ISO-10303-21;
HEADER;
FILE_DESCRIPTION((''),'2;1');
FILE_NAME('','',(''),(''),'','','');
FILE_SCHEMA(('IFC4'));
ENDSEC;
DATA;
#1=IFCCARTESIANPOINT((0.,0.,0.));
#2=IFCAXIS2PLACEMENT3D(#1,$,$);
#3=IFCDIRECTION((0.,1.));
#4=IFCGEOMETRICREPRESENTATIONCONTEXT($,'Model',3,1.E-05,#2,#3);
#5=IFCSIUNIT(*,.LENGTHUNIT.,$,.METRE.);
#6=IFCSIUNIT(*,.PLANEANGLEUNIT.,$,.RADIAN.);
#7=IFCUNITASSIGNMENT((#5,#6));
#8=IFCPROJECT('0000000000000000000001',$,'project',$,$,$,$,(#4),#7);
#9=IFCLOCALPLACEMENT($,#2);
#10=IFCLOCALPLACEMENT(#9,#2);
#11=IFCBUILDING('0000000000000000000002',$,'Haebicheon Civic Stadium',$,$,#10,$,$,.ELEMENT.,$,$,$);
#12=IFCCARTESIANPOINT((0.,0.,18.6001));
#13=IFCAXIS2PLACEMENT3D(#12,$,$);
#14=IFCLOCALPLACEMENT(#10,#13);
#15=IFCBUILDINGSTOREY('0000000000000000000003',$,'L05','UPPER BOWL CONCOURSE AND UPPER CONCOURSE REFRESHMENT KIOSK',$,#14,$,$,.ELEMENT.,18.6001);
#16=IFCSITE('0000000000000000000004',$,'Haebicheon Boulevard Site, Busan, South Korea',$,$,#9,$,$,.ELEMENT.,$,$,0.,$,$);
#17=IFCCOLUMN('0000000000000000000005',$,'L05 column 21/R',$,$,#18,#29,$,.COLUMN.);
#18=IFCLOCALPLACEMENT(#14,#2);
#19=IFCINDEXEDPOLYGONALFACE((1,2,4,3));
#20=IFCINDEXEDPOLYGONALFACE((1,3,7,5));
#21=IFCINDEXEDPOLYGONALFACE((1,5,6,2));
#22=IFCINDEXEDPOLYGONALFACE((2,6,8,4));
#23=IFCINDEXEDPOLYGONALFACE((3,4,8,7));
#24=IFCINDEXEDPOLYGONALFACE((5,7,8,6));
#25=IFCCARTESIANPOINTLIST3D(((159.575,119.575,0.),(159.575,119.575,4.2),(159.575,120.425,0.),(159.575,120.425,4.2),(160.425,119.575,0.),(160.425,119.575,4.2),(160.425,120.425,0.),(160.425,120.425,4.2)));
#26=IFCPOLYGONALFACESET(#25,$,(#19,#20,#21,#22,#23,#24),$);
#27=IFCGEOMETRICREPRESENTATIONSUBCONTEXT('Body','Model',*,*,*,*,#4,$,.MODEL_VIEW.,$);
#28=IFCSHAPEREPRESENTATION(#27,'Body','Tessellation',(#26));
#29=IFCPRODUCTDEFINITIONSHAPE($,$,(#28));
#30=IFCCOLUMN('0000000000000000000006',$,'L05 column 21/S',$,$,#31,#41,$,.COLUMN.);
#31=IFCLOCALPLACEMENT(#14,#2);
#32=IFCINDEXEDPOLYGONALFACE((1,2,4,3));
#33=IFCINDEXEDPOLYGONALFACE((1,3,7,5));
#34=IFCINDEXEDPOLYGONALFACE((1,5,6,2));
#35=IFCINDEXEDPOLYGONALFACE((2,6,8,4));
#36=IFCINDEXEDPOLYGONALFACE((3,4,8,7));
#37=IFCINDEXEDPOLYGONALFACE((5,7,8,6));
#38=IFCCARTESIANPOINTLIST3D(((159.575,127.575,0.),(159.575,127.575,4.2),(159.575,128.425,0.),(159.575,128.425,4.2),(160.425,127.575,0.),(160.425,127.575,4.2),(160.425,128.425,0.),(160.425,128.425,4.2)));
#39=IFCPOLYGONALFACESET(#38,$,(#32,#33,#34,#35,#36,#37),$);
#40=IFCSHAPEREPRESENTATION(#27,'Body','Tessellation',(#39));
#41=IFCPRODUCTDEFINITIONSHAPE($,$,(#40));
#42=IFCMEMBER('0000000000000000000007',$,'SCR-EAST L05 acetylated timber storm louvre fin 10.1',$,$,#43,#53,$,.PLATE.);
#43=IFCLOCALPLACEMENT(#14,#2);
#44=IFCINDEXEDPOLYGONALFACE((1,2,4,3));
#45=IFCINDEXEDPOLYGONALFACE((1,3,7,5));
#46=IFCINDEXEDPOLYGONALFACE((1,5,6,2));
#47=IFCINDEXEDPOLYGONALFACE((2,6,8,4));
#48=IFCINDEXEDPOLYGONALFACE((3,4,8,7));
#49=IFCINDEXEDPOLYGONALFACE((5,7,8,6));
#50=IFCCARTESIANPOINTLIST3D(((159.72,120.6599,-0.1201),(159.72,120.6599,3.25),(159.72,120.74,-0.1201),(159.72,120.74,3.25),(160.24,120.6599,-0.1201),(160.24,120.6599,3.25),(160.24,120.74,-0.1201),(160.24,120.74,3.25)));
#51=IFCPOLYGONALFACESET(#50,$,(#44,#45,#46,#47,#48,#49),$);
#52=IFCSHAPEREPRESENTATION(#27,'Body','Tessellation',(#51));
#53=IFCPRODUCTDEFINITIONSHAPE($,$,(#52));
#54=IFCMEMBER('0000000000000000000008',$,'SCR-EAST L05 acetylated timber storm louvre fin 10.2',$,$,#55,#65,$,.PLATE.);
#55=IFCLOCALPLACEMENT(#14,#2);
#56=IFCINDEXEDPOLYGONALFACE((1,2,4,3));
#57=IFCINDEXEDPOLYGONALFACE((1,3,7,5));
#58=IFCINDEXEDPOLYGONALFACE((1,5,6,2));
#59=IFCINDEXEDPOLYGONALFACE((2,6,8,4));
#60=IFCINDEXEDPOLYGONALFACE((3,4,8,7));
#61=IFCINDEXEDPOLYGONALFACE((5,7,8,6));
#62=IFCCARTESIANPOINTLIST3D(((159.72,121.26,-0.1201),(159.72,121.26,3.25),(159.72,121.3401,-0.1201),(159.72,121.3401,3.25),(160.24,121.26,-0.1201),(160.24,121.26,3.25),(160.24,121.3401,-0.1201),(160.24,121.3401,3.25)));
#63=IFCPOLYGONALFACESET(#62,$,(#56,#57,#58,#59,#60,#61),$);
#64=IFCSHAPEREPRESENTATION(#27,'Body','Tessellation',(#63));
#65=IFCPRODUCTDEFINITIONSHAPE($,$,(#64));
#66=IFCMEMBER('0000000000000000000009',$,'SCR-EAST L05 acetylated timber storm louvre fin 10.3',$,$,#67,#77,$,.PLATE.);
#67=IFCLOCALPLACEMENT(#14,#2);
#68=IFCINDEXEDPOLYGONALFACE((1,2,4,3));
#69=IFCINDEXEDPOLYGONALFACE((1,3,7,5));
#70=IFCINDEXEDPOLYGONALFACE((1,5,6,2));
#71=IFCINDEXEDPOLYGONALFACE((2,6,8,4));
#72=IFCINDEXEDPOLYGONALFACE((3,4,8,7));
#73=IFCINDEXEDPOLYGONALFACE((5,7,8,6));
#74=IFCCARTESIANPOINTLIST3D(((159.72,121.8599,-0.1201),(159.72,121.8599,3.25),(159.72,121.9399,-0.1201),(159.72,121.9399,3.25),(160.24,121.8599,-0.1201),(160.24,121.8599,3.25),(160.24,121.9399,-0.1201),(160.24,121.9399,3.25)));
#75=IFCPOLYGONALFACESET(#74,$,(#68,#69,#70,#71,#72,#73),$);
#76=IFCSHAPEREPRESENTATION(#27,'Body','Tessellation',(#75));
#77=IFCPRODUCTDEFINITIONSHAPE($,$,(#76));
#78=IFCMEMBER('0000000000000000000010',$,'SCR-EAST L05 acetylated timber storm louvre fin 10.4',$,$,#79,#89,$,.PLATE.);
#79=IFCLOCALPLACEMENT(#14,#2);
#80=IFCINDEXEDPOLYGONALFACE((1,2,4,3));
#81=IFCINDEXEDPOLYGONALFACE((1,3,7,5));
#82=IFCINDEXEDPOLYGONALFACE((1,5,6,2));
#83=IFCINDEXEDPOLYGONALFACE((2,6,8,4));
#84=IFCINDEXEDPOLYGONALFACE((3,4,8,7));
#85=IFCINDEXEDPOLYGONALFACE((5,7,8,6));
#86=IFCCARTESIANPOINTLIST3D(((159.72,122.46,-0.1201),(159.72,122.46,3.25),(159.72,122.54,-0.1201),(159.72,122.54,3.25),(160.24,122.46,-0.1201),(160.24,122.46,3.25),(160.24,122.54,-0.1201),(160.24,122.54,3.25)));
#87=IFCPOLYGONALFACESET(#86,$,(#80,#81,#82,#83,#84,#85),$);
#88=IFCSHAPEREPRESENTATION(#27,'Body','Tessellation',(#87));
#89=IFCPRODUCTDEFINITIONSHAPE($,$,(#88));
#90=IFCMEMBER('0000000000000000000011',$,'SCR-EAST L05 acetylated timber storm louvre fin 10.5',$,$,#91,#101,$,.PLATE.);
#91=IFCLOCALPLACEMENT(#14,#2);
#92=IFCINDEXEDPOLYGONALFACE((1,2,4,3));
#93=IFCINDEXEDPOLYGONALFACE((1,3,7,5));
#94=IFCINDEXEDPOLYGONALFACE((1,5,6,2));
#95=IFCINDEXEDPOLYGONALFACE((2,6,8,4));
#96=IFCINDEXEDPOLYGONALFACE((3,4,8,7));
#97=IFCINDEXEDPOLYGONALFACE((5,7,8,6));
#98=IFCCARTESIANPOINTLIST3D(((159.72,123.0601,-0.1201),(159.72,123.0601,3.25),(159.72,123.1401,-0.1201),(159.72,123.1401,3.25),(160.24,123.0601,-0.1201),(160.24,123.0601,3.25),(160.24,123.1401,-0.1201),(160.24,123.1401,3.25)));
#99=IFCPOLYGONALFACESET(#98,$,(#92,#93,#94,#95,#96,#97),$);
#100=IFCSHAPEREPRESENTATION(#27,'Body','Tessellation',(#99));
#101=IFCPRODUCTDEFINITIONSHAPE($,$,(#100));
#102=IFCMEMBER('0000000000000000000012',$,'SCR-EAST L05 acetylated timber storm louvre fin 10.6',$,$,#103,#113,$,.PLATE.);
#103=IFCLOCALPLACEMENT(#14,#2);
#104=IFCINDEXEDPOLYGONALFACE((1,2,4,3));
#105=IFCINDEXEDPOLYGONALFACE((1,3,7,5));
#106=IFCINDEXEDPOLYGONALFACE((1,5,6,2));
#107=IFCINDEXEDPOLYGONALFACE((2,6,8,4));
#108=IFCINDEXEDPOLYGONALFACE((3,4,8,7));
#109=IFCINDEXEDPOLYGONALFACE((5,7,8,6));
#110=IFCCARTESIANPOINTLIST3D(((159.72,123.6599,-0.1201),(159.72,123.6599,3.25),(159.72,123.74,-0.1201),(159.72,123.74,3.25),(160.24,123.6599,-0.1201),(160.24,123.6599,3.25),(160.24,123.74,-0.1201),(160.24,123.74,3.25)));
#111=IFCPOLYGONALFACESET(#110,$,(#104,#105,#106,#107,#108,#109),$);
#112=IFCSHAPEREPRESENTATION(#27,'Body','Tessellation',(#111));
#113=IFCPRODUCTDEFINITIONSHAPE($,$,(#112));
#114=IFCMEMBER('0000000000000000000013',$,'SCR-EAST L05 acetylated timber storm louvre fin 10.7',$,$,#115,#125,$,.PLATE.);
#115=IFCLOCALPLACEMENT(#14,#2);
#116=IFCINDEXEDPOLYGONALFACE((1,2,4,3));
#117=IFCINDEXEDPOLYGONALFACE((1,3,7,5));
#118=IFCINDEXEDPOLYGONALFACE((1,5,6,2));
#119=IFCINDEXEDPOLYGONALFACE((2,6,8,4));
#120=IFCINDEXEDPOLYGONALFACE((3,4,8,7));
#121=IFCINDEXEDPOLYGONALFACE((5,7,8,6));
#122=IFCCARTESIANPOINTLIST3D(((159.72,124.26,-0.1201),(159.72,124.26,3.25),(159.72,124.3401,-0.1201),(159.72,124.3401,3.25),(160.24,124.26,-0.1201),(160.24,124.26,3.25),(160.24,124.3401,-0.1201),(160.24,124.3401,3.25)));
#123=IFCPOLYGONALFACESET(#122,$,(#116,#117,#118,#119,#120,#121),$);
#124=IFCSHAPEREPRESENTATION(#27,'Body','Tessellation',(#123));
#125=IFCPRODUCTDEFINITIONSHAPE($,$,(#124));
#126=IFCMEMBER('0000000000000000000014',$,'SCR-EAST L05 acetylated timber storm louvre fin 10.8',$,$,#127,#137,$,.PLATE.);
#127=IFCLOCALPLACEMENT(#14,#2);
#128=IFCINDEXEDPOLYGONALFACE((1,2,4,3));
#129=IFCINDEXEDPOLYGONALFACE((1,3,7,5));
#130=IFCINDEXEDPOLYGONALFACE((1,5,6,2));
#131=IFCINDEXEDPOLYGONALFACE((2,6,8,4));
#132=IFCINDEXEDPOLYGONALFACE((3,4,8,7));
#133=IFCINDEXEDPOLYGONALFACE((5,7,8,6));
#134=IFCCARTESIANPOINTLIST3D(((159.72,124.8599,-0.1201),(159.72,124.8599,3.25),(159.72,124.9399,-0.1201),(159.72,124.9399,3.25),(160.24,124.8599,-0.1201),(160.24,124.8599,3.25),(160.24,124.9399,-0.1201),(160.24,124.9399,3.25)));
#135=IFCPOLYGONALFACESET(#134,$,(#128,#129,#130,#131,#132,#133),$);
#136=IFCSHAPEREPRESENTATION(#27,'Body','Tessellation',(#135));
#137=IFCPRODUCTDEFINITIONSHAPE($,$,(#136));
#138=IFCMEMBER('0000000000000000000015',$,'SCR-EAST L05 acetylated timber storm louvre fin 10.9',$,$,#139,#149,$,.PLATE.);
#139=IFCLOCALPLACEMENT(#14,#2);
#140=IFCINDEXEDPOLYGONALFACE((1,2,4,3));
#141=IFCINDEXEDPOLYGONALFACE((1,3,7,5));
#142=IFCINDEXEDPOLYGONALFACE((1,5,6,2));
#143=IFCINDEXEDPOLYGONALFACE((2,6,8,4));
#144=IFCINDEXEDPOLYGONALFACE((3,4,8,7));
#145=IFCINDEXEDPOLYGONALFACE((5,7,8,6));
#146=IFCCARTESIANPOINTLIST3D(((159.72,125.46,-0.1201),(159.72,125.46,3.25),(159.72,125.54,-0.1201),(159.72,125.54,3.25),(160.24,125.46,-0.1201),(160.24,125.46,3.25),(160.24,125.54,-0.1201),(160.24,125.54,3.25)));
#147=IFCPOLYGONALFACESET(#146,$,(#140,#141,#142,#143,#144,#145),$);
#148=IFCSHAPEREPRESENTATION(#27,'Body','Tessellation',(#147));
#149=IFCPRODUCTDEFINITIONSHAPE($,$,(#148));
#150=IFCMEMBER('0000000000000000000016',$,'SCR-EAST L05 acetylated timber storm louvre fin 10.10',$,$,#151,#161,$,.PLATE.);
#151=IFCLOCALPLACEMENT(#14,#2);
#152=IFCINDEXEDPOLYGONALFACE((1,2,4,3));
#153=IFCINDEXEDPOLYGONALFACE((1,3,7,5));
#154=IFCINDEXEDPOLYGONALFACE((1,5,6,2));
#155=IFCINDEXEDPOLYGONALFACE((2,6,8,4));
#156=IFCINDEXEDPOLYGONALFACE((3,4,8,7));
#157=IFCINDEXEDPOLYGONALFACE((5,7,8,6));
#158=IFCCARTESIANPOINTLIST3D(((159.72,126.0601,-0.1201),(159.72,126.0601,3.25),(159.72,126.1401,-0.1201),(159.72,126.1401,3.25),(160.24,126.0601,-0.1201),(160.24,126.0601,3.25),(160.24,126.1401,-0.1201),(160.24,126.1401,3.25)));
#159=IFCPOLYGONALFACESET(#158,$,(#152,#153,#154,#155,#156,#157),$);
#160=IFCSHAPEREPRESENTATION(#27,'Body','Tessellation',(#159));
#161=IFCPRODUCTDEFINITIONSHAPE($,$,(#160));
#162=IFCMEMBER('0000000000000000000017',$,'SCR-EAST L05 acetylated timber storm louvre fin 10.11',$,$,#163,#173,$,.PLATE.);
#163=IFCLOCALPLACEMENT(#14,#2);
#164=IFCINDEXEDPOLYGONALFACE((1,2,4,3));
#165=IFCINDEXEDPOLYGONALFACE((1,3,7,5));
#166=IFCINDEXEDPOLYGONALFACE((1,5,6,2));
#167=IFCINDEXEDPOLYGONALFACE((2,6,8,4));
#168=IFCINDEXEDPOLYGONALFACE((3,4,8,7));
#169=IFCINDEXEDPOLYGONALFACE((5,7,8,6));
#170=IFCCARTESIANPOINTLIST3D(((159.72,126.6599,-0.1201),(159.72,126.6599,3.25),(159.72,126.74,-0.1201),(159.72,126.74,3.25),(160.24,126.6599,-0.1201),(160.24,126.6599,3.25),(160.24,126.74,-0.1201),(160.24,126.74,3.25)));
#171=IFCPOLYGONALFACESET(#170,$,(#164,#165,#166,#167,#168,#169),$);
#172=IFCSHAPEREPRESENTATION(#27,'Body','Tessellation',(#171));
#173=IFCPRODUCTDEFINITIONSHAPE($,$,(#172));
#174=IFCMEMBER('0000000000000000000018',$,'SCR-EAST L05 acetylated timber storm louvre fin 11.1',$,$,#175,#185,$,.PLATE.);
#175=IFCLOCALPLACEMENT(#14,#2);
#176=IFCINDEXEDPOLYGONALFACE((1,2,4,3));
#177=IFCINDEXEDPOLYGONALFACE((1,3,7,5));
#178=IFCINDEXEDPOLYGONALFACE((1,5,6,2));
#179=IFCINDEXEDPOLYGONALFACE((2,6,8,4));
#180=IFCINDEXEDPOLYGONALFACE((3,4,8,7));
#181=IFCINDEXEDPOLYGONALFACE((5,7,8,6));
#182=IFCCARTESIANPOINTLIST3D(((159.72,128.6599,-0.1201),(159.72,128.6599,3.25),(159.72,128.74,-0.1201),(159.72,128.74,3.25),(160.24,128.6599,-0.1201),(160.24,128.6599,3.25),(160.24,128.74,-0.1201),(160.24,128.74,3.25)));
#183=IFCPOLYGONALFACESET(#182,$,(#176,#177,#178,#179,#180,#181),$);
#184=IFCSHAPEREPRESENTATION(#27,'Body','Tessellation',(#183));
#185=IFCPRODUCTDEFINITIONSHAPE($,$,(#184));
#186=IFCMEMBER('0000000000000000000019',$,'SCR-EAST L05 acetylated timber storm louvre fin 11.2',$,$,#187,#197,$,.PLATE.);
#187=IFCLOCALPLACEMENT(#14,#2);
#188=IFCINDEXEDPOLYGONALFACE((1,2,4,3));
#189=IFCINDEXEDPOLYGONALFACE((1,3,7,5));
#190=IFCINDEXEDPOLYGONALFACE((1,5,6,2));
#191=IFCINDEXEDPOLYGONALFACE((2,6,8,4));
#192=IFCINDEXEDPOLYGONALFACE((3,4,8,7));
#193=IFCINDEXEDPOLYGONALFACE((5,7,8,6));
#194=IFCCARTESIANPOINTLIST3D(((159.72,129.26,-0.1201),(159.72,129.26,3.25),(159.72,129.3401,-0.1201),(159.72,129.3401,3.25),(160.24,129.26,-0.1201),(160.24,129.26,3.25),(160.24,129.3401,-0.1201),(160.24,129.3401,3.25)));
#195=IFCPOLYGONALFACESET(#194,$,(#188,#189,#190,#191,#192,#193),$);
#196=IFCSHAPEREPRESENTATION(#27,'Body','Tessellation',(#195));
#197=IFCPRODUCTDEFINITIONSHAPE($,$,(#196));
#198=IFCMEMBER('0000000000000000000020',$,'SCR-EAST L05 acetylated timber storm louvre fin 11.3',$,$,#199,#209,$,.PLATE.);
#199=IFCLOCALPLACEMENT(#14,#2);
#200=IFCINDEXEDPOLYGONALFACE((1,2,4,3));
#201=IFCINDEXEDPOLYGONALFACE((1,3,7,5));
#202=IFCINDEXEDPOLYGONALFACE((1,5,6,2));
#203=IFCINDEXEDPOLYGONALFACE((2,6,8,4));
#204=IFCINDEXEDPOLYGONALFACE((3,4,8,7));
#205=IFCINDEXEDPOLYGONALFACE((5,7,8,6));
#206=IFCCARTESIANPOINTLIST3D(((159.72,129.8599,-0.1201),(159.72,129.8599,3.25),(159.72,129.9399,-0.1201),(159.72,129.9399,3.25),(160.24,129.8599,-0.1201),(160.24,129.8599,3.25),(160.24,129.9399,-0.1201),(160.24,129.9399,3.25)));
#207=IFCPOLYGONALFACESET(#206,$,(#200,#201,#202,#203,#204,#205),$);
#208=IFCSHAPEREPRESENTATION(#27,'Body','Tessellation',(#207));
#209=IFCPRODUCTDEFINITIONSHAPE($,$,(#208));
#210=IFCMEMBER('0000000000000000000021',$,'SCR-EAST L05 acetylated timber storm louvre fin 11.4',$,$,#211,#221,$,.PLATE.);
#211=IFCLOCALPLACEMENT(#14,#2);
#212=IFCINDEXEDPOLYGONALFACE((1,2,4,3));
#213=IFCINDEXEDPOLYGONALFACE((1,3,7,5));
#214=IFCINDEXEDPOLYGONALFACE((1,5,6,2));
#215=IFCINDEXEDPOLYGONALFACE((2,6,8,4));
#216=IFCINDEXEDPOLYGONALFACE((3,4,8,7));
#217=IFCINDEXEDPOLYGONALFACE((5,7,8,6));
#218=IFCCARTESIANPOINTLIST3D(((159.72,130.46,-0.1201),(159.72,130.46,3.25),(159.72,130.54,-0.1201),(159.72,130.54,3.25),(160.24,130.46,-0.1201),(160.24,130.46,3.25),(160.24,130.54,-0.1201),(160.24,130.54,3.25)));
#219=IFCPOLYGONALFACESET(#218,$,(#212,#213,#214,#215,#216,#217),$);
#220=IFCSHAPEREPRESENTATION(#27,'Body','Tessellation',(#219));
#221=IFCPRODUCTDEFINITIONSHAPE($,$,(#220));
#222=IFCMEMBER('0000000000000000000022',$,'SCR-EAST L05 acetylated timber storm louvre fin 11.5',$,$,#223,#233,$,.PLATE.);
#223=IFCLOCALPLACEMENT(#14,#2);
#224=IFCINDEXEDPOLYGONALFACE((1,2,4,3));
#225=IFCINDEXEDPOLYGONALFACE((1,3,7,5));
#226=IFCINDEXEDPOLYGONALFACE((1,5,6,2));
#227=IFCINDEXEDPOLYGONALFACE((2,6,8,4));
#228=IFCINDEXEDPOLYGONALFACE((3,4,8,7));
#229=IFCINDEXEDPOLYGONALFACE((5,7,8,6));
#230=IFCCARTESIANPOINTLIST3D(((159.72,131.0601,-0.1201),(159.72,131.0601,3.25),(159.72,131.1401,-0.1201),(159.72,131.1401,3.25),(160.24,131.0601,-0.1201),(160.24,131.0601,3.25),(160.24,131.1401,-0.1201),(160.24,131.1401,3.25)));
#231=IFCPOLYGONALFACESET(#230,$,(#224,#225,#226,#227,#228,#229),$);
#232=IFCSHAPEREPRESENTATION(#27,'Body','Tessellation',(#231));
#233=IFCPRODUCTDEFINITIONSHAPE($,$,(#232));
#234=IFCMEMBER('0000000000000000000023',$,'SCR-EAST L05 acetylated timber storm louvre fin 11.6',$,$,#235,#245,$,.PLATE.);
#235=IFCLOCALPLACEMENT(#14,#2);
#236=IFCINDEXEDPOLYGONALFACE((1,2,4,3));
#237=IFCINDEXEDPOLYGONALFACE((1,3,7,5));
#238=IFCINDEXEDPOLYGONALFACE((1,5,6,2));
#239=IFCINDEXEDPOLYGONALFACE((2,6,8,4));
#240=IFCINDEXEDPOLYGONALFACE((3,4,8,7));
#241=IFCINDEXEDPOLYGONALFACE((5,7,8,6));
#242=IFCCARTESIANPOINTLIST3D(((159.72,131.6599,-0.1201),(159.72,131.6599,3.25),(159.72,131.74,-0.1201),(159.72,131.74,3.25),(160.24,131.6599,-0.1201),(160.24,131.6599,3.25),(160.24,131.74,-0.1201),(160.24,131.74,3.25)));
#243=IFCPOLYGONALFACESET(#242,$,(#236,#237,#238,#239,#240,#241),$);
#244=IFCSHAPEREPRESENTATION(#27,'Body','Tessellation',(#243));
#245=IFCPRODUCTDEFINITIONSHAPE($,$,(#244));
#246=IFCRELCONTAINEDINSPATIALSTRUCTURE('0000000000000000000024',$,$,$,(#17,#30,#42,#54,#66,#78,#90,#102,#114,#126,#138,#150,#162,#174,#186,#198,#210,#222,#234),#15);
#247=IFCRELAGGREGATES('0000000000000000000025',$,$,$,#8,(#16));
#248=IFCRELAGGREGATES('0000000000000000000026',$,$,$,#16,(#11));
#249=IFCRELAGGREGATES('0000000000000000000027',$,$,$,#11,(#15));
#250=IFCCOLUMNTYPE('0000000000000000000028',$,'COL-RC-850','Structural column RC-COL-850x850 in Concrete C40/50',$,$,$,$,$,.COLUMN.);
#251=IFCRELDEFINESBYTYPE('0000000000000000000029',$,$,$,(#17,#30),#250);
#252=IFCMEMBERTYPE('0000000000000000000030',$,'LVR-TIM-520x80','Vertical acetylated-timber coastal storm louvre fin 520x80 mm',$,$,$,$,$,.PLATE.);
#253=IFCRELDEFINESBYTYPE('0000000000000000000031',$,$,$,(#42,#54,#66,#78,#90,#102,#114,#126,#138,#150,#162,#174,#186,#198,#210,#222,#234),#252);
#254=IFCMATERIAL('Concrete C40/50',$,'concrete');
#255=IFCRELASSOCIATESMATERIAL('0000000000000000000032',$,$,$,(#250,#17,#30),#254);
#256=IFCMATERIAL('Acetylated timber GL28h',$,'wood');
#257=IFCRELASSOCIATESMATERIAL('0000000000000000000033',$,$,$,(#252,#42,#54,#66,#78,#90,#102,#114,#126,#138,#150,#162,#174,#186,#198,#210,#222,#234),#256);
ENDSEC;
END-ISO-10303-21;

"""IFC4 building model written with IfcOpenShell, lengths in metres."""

from ifc_helpers import new_model, si_unit, direction, frame, origin, origin_2d, place, context, subcontext, project, spatial, rectangle, extrude, material, material_profile, profile_set, type_object, element, save


model = new_model("IFC4")

# Units and contexts
model_context = context("Model", 3, precision=1e-05, world=origin(), true_north=direction((0.0, 1.0)))
body_context = subcontext(model_context, "Body", "Model", "MODEL_VIEW")
ifc_project = project(units=[si_unit("LENGTHUNIT", "METRE"), si_unit("PLANEANGLEUNIT", "RADIAN")], contexts=[model_context])

# Site, building, storey
site_placement = place(None, origin())
site = spatial("IfcSite", under=ifc_project, at=site_placement, Name="Haebicheon Boulevard Site, Busan, South Korea", CompositionType="ELEMENT", RefElevation=0.0)
building_placement = place(site_placement, origin())
building = spatial("IfcBuilding", under=site, at=building_placement, Name="Haebicheon Civic Stadium", CompositionType="ELEMENT")
storey_placement = place(building_placement, frame((0.0, 0.0, 18.6001)))
storey = spatial("IfcBuildingStorey", under=building, at=storey_placement, Name="L05", Description="UPPER BOWL CONCOURSE AND UPPER CONCOURSE REFRESHMENT KIOSK", CompositionType="ELEMENT", Elevation=18.6001)

# Columns
ifc_material_1 = material(Name="Concrete C40/50", Category="concrete")
ifc_material_profile_1 = material_profile(ifc_material_1, rectangle(XDim=0.8501, YDim=0.8501, at=origin_2d()), Name="RC-COL-850x850")
ifc_profile_set_1 = profile_set([ifc_material_profile_1], Name="Concrete C40/50")
column_type = type_object("IfcColumnType", Name="COL-RC-850", Description="Structural column RC-COL-850x850 in Concrete C40/50", PredefinedType="COLUMN", material=ifc_profile_set_1)
for number, where, z_axis, x_axis, name in (
    (1, (160.0, 120.0, 0.0), (0.0, 0.0, 1.0), (1.0, 0.0, 0.0), "L05 column 21/R"),
    (2, (160.0, 128.0, 0.0), (0.0, 0.0, 1.0), (1.0, 0.0, 0.0), "L05 column 21/S"),
):
    element("IfcColumn", number, at=place(storey_placement, frame(where, z_axis=z_axis, x_axis=x_axis)), inside=storey, type_object=column_type, material=ifc_profile_set_1, Name=name, PredefinedType="COLUMN", context=body_context, shape_type="SweptSolid", body=[
        extrude(rectangle(XDim=0.8501, YDim=0.8501, at=origin_2d()), origin(), (0.0, 0.0, 1.0), 4.2),
    ])

# Members
ifc_material_2 = material(Name="Acetylated timber GL28h", Category="wood")
ifc_material_profile_2 = material_profile(ifc_material_2, rectangle(XDim=0.0801, YDim=0.52, at=origin_2d()), Name="TMB-LOUV-80x520")
ifc_profile_set_2 = profile_set([ifc_material_profile_2], Name="Acetylated timber GL28h")
member_type = type_object("IfcMemberType", Name="LVR-TIM-520x80", Description="Vertical acetylated-timber coastal storm louvre fin 520x80 mm", PredefinedType="PLATE", material=ifc_profile_set_2)
for number, where, z_axis, x_axis, name in (
    (3, (159.98, 120.7, -0.1201), (0.0, 0.0, 1.0), (0.0, 1.0, 0.0), "SCR-EAST L05 acetylated timber storm louvre fin 10.1"),
    (4, (159.98, 121.3, -0.1201), (0.0, 0.0, 1.0), (0.0, 1.0, 0.0), "SCR-EAST L05 acetylated timber storm louvre fin 10.2"),
    (5, (159.98, 121.8999, -0.1201), (0.0, 0.0, 1.0), (0.0, 1.0, 0.0), "SCR-EAST L05 acetylated timber storm louvre fin 10.3"),
    (6, (159.98, 122.5, -0.1201), (0.0, 0.0, 1.0), (0.0, 1.0, 0.0), "SCR-EAST L05 acetylated timber storm louvre fin 10.4"),
    (7, (159.98, 123.1001, -0.1201), (0.0, 0.0, 1.0), (0.0, 1.0, 0.0), "SCR-EAST L05 acetylated timber storm louvre fin 10.5"),
    (8, (159.98, 123.7, -0.1201), (0.0, 0.0, 1.0), (0.0, 1.0, 0.0), "SCR-EAST L05 acetylated timber storm louvre fin 10.6"),
    (9, (159.98, 124.3, -0.1201), (0.0, 0.0, 1.0), (0.0, 1.0, 0.0), "SCR-EAST L05 acetylated timber storm louvre fin 10.7"),
    (10, (159.98, 124.8999, -0.1201), (0.0, 0.0, 1.0), (0.0, 1.0, 0.0), "SCR-EAST L05 acetylated timber storm louvre fin 10.8"),
    (11, (159.98, 125.5, -0.1201), (0.0, 0.0, 1.0), (0.0, 1.0, 0.0), "SCR-EAST L05 acetylated timber storm louvre fin 10.9"),
    (12, (159.98, 126.1001, -0.1201), (0.0, 0.0, 1.0), (0.0, 1.0, 0.0), "SCR-EAST L05 acetylated timber storm louvre fin 10.10"),
    (13, (159.98, 126.7, -0.1201), (0.0, 0.0, 1.0), (0.0, 1.0, 0.0), "SCR-EAST L05 acetylated timber storm louvre fin 10.11"),
    (14, (159.98, 128.7, -0.1201), (0.0, 0.0, 1.0), (0.0, 1.0, 0.0), "SCR-EAST L05 acetylated timber storm louvre fin 11.1"),
    (15, (159.98, 129.3, -0.1201), (0.0, 0.0, 1.0), (0.0, 1.0, 0.0), "SCR-EAST L05 acetylated timber storm louvre fin 11.2"),
    (16, (159.98, 129.8999, -0.1201), (0.0, 0.0, 1.0), (0.0, 1.0, 0.0), "SCR-EAST L05 acetylated timber storm louvre fin 11.3"),
    (17, (159.98, 130.5, -0.1201), (0.0, 0.0, 1.0), (0.0, 1.0, 0.0), "SCR-EAST L05 acetylated timber storm louvre fin 11.4"),
    (18, (159.98, 131.1001, -0.1201), (0.0, 0.0, 1.0), (0.0, 1.0, 0.0), "SCR-EAST L05 acetylated timber storm louvre fin 11.5"),
    (19, (159.98, 131.7, -0.1201), (0.0, 0.0, 1.0), (0.0, 1.0, 0.0), "SCR-EAST L05 acetylated timber storm louvre fin 11.6"),
):
    element("IfcMember", number, at=place(storey_placement, frame(where, z_axis=z_axis, x_axis=x_axis)), inside=storey, type_object=member_type, material=ifc_profile_set_2, Name=name, PredefinedType="PLATE", context=body_context, shape_type="SweptSolid", body=[
        extrude(rectangle(XDim=0.0801, YDim=0.52, at=origin_2d()), origin(), (0.0, 0.0, 1.0), 3.3701),
    ])

save(model, "model.ifc")
